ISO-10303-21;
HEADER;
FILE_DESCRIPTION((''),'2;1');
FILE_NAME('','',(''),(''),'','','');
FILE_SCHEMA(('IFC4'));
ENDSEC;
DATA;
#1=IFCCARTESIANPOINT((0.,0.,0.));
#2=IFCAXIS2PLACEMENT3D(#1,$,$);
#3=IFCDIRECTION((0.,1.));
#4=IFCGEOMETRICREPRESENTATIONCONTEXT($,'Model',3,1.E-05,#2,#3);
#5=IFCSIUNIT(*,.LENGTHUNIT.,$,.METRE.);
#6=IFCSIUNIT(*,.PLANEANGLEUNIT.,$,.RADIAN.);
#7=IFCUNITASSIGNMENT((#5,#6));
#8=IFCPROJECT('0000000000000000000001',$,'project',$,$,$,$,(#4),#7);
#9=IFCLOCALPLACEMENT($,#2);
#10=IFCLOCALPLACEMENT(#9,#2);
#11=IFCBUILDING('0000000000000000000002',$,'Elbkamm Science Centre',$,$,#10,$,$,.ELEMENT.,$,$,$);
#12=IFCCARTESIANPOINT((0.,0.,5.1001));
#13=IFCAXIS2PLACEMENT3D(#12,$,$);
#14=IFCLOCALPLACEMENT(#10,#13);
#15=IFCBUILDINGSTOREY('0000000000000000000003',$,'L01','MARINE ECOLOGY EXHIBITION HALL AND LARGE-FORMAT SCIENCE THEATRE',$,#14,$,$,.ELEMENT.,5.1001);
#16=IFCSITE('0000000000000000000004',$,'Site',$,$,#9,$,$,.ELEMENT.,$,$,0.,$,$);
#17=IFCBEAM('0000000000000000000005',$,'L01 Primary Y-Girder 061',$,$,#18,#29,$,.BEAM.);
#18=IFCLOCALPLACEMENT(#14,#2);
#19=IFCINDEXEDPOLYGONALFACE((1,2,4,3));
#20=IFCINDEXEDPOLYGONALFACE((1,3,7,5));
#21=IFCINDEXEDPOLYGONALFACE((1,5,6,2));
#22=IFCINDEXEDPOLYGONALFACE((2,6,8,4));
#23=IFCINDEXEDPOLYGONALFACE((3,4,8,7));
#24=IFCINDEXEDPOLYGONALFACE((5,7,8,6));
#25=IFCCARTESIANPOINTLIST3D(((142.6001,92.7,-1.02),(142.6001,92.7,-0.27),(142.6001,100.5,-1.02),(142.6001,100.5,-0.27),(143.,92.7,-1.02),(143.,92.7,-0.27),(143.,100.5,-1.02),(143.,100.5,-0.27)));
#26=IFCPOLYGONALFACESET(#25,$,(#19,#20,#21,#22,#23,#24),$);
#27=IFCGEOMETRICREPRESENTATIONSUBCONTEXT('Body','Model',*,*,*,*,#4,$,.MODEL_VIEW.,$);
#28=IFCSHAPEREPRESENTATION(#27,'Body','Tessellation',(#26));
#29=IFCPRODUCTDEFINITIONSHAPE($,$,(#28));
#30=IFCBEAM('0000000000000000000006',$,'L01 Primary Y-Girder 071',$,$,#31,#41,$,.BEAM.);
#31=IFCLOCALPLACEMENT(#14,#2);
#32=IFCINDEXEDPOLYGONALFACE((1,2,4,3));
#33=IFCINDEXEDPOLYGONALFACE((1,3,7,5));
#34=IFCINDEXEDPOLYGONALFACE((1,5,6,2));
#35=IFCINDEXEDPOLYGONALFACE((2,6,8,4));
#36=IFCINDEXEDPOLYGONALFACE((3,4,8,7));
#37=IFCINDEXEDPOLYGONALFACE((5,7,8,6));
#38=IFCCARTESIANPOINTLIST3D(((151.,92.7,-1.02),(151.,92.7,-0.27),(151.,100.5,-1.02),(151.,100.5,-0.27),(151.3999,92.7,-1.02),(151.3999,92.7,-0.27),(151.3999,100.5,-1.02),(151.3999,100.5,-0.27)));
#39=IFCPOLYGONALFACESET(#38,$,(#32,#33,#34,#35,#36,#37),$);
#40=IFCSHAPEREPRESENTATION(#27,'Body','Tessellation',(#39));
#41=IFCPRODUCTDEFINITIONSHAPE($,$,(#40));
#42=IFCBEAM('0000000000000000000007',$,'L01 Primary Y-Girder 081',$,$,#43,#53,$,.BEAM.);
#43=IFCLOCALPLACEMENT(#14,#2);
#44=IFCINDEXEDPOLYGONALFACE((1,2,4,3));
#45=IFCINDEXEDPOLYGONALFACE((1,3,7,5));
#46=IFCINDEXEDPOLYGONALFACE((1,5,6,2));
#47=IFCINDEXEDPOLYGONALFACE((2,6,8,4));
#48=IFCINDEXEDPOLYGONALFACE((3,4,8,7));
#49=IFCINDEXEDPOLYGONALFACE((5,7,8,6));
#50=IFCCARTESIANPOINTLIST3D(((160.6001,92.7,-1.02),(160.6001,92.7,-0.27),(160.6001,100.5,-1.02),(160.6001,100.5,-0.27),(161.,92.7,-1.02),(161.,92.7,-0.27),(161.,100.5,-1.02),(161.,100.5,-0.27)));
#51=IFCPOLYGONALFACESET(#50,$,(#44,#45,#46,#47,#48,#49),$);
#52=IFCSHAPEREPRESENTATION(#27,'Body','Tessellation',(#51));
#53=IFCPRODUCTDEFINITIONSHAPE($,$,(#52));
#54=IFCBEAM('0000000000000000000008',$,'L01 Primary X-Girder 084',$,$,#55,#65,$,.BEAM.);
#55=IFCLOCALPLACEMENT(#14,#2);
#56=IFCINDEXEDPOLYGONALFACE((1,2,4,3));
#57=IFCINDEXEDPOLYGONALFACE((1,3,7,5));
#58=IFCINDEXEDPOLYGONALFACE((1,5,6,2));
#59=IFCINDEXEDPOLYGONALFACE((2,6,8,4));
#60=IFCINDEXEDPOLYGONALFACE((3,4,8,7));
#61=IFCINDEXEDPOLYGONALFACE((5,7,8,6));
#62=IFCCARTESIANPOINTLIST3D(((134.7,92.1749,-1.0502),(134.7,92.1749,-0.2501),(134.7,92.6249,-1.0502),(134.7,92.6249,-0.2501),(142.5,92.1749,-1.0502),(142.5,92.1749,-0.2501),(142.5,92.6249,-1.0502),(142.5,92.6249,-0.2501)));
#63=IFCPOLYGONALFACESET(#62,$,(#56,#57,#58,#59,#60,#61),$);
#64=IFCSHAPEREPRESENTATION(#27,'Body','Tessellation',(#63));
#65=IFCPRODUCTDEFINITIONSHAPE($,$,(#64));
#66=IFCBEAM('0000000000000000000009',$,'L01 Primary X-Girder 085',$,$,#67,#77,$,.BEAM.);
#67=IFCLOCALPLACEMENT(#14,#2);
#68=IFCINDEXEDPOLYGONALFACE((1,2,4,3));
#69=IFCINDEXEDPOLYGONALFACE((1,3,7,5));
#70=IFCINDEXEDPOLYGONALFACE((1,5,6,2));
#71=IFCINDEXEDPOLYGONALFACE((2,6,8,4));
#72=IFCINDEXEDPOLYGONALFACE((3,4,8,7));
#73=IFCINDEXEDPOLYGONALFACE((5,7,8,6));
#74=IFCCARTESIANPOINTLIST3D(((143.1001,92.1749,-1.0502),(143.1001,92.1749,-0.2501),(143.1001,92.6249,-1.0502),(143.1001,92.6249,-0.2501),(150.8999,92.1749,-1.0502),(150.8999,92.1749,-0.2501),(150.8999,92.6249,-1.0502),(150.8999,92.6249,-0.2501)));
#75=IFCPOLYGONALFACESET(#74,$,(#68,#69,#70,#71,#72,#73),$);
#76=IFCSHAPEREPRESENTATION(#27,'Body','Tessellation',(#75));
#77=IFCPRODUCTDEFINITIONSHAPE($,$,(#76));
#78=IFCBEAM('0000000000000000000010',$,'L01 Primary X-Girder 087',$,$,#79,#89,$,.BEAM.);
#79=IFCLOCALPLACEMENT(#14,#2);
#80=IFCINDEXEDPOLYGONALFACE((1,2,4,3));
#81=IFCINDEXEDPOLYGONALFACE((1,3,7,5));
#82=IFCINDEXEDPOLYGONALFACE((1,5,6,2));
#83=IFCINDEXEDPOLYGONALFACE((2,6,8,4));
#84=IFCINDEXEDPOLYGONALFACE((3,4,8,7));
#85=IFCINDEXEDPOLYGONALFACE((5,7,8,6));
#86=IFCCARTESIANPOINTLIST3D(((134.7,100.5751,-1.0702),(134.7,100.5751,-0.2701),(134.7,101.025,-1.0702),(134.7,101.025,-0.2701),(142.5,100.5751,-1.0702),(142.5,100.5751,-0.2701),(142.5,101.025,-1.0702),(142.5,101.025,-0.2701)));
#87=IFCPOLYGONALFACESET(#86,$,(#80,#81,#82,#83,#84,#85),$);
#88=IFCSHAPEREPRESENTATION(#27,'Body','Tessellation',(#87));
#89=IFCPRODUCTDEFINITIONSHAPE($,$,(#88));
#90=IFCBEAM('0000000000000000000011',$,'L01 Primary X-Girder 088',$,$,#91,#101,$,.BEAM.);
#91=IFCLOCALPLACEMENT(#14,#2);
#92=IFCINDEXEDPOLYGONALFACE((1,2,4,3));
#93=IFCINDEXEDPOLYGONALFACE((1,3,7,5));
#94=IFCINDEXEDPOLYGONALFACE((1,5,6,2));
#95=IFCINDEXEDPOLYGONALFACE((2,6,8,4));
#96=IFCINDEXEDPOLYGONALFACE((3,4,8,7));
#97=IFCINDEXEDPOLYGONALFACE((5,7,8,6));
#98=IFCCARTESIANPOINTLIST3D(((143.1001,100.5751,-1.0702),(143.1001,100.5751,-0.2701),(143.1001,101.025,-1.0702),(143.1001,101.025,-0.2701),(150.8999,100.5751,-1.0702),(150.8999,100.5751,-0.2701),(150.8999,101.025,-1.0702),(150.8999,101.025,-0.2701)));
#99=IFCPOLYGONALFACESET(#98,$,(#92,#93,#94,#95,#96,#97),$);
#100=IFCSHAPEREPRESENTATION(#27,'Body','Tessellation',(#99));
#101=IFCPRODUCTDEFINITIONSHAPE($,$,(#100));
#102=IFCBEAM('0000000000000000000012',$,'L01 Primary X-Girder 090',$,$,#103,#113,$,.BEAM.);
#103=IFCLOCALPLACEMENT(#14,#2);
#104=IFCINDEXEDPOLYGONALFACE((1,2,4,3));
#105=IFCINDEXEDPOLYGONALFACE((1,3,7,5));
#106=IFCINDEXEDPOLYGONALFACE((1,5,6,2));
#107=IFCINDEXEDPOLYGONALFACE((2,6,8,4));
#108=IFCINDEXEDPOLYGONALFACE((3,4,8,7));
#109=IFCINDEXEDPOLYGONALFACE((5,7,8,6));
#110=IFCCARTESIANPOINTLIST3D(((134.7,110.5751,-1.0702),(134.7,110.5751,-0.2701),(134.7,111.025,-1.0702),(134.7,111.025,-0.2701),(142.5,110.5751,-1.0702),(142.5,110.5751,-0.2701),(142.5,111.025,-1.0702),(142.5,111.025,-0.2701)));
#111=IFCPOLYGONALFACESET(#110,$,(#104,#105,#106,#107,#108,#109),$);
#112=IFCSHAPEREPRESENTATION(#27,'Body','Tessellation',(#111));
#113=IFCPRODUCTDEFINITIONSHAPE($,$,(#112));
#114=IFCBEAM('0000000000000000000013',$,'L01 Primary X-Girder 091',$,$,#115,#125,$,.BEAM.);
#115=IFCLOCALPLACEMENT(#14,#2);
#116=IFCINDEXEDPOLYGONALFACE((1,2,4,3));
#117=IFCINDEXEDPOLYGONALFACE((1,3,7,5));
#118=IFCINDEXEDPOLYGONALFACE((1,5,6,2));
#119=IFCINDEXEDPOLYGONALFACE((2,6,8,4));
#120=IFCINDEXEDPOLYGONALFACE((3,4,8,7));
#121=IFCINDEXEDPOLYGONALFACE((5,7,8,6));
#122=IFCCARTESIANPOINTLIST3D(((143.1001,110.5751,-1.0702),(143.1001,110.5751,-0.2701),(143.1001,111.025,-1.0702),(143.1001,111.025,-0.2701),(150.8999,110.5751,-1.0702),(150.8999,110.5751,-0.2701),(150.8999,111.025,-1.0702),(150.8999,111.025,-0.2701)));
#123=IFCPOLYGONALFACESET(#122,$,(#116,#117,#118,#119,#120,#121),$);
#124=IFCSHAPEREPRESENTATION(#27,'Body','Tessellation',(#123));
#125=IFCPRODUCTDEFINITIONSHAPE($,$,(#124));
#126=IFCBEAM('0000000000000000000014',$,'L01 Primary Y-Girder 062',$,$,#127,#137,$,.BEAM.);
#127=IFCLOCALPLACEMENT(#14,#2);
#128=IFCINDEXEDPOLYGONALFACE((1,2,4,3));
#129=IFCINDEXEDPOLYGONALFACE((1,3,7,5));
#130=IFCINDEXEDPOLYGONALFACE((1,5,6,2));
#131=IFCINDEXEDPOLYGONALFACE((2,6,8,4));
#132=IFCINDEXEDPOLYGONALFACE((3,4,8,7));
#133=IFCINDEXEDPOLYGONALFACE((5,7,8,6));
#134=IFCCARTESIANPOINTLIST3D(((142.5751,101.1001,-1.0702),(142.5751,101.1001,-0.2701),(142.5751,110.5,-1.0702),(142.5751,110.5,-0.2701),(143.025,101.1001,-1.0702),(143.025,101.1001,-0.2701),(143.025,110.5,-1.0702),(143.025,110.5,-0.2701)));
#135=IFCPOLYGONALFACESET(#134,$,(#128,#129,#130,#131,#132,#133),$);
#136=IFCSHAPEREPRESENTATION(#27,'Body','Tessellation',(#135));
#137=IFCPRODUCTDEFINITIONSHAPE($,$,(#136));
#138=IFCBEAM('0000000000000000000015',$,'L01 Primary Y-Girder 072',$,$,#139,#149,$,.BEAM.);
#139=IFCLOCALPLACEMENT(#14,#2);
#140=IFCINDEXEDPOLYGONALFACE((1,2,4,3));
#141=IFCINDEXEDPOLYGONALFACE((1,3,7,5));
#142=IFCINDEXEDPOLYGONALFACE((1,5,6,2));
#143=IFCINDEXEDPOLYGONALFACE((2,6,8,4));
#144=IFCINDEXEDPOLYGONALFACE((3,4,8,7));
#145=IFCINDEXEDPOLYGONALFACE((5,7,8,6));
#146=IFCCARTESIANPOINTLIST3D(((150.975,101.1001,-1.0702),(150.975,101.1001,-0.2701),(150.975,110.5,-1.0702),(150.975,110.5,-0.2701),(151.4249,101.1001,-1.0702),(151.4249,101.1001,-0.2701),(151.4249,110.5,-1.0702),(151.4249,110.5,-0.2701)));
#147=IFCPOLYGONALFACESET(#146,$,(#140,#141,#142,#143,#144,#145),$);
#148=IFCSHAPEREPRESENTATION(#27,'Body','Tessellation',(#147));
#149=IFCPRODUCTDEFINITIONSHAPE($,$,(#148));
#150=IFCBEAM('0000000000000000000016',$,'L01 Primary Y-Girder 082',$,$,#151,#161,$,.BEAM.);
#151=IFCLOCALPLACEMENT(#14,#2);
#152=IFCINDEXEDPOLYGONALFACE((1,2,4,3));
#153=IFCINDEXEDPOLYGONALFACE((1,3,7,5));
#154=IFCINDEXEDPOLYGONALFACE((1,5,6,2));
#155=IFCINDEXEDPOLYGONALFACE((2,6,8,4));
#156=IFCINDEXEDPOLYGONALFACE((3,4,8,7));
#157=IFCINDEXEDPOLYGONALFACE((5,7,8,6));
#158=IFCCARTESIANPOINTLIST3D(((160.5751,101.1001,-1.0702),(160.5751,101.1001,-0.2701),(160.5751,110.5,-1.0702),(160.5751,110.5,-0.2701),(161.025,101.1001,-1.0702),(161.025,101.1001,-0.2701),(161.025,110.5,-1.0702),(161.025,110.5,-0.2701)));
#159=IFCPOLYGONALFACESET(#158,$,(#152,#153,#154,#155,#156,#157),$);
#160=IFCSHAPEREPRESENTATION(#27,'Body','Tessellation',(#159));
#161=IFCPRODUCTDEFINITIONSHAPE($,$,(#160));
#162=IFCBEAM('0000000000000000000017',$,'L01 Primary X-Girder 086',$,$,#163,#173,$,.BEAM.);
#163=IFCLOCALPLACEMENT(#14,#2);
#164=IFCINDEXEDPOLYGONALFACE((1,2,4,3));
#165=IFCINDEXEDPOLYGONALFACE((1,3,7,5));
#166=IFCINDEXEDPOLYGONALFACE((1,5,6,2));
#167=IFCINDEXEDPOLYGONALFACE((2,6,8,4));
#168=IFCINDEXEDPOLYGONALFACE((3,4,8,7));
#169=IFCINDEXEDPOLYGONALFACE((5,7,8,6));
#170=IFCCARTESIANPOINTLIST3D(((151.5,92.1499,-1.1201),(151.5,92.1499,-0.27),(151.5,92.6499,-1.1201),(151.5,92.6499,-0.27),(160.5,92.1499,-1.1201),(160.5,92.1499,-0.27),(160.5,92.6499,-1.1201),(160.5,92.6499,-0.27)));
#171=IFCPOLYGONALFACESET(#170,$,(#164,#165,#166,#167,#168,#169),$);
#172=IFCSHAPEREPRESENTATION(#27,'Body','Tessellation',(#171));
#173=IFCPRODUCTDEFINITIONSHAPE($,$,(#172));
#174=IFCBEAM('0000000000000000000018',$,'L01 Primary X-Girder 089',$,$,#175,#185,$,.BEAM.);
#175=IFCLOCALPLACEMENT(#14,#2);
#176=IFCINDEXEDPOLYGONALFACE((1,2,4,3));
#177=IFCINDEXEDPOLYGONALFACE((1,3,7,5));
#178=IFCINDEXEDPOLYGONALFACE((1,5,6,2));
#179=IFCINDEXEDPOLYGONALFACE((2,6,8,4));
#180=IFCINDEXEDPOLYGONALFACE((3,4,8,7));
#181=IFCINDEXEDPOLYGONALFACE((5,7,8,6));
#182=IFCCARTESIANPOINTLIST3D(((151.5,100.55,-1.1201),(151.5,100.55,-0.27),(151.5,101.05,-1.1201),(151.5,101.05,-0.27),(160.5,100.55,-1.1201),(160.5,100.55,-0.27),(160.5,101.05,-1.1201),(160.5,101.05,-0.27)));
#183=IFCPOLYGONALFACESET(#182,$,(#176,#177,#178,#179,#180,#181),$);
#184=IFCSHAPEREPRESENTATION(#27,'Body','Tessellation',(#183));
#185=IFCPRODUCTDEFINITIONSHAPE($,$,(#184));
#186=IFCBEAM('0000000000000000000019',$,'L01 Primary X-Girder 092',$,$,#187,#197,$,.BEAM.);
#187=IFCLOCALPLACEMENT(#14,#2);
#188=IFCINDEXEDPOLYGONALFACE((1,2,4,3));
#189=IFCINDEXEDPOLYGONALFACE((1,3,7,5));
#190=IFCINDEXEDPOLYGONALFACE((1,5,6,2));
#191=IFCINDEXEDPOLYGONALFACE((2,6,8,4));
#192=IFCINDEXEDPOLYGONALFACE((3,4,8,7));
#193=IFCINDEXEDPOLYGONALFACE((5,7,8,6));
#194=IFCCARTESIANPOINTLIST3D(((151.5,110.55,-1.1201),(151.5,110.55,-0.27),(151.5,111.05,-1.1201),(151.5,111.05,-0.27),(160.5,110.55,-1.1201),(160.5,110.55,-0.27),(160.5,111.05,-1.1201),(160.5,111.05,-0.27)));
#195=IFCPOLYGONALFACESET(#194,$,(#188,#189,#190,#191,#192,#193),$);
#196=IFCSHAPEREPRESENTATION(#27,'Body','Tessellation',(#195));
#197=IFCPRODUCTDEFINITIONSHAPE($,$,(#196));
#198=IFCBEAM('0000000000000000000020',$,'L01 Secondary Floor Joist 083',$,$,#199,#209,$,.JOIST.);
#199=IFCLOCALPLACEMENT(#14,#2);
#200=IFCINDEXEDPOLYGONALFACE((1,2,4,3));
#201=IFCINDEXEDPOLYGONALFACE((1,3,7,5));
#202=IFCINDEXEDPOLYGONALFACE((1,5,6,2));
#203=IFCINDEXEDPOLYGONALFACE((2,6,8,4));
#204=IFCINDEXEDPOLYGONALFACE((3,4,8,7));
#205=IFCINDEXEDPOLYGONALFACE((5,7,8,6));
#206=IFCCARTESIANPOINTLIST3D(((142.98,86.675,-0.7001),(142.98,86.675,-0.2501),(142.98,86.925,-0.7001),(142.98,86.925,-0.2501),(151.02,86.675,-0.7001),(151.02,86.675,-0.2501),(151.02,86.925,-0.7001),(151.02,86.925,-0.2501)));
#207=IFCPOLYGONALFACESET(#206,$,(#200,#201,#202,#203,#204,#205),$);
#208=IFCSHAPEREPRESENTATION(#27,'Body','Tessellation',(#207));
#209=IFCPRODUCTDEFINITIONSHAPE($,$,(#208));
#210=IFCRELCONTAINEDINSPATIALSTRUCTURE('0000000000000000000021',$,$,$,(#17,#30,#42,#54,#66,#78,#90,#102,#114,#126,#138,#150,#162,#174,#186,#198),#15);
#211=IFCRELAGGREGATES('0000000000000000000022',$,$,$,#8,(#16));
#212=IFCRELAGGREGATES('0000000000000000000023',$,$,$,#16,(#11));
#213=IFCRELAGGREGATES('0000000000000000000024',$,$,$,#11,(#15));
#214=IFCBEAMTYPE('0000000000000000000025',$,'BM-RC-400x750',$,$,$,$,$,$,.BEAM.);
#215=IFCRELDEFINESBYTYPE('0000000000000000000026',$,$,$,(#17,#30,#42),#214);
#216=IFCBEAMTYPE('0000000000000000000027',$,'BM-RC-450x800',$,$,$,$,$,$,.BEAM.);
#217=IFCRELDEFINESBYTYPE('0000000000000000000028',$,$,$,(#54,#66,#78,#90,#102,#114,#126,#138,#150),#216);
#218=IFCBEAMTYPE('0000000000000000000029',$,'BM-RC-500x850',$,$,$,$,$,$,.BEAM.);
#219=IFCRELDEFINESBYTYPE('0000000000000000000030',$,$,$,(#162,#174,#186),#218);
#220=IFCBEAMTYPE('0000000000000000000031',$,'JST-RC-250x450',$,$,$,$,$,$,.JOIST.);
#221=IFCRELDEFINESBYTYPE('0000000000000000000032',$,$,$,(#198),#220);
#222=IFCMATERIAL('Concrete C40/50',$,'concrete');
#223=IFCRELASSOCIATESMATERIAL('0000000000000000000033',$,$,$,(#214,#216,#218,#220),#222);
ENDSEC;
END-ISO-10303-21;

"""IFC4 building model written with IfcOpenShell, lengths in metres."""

from ifc_helpers import new_model, si_unit, direction, frame, origin, origin_2d, place, context, subcontext, project, spatial, rectangle, extrude, material, material_profile, profile_set, type_object, element, save


model = new_model("IFC4")

# Units and contexts
model_context = context("Model", 3, precision=1e-05, world=origin(), true_north=direction((0.0, 1.0)))
body_context = subcontext(model_context, "Body", "Model", "MODEL_VIEW")
ifc_project = project(units=[si_unit("LENGTHUNIT", "METRE"), si_unit("PLANEANGLEUNIT", "RADIAN")], contexts=[model_context])

# Site, building, storey
site_placement = place(None, origin())
site = spatial("IfcSite", under=ifc_project, at=site_placement, Name="Site", CompositionType="ELEMENT", RefElevation=0.0)
building_placement = place(site_placement, origin())
building = spatial("IfcBuilding", under=site, at=building_placement, Name="Elbkamm Science Centre", CompositionType="ELEMENT")
storey_placement = place(building_placement, frame((0.0, 0.0, 5.1001)))
storey = spatial("IfcBuildingStorey", under=building, at=storey_placement, Name="L01", Description="MARINE ECOLOGY EXHIBITION HALL AND LARGE-FORMAT SCIENCE THEATRE", CompositionType="ELEMENT", Elevation=5.1001)

# Beams
ifc_material_1 = material(Name="Concrete C40/50", Category="concrete")
ifc_material_profile_1 = material_profile(ifc_material_1, rectangle(XDim=0.3999, YDim=0.75, at=origin_2d()), Name="RC 400x750")
ifc_profile_set_1 = profile_set([ifc_material_profile_1], Name="Concrete C40/50")
beam_type_1 = type_object("IfcBeamType", Name="BM-RC-400x750", PredefinedType="BEAM", material=ifc_profile_set_1)
for number, where, z_axis, x_axis, name in (
    (1, (142.8, 92.7, -0.645), (0.0, 1.0, 0.0), (-1.0, 0.0, 0.0), "L01 Primary Y-Girder 061"),
    (2, (151.2, 92.7, -0.645), (0.0, 1.0, 0.0), (-1.0, 0.0, 0.0), "L01 Primary Y-Girder 071"),
    (3, (160.8, 92.7, -0.645), (0.0, 1.0, 0.0), (-1.0, 0.0, 0.0), "L01 Primary Y-Girder 081"),
):
    element("IfcBeam", number, at=place(storey_placement, frame(where, z_axis=z_axis, x_axis=x_axis)), inside=storey, type_object=beam_type_1, Name=name, PredefinedType="BEAM", context=body_context, shape_type="SweptSolid", body=[
        extrude(rectangle(XDim=0.3999, YDim=0.75, at=origin_2d()), origin(), (0.0, 0.0, 1.0), 7.8),
    ])
ifc_material_profile_2 = material_profile(ifc_material_1, rectangle(XDim=0.45, YDim=0.8, at=origin_2d()), Name="RC 450x800")
ifc_profile_set_2 = profile_set([ifc_material_profile_2], Name="Concrete C40/50")
beam_type_2 = type_object("IfcBeamType", Name="BM-RC-450x800", PredefinedType="BEAM", material=ifc_profile_set_2)
beam_1_placement = place(storey_placement, frame((134.7, 92.3999, -0.6501), z_axis=(1.0, 0.0, 0.0), x_axis=(0.0, 1.0, 0.0)))
element("IfcBeam", 4, at=beam_1_placement, inside=storey, type_object=beam_type_2, Name="L01 Primary X-Girder 084", PredefinedType="BEAM", context=body_context, shape_type="SweptSolid", body=[
    extrude(rectangle(XDim=0.45, YDim=0.8, at=origin_2d()), origin(), (0.0, 0.0, 1.0), 7.8),
])
beam_2_placement = place(storey_placement, frame((143.1001, 92.3999, -0.6501), z_axis=(1.0, 0.0, 0.0), x_axis=(0.0, 1.0, 0.0)))
element("IfcBeam", 5, at=beam_2_placement, inside=storey, type_object=beam_type_2, Name="L01 Primary X-Girder 085", PredefinedType="BEAM", context=body_context, shape_type="SweptSolid", body=[
    extrude(rectangle(XDim=0.45, YDim=0.8, at=origin_2d()), origin(), (0.0, 0.0, 1.0), 7.7998),
])
beam_3_placement = place(storey_placement, frame((134.7, 100.8, -0.6702), z_axis=(1.0, 0.0, 0.0), x_axis=(0.0, 1.0, 0.0)))
element("IfcBeam", 6, at=beam_3_placement, inside=storey, type_object=beam_type_2, Name="L01 Primary X-Girder 087", PredefinedType="BEAM", context=body_context, shape_type="SweptSolid", body=[
    extrude(rectangle(XDim=0.45, YDim=0.8, at=origin_2d()), origin(), (0.0, 0.0, 1.0), 7.8),
])
beam_4_placement = place(storey_placement, frame((143.1001, 100.8, -0.6702), z_axis=(1.0, 0.0, 0.0), x_axis=(0.0, 1.0, 0.0)))
element("IfcBeam", 7, at=beam_4_placement, inside=storey, type_object=beam_type_2, Name="L01 Primary X-Girder 088", PredefinedType="BEAM", context=body_context, shape_type="SweptSolid", body=[
    extrude(rectangle(XDim=0.45, YDim=0.8, at=origin_2d()), origin(), (0.0, 0.0, 1.0), 7.7998),
])
beam_5_placement = place(storey_placement, frame((134.7, 110.8, -0.6702), z_axis=(1.0, 0.0, 0.0), x_axis=(0.0, 1.0, 0.0)))
element("IfcBeam", 8, at=beam_5_placement, inside=storey, type_object=beam_type_2, Name="L01 Primary X-Girder 090", PredefinedType="BEAM", context=body_context, shape_type="SweptSolid", body=[
    extrude(rectangle(XDim=0.45, YDim=0.8, at=origin_2d()), origin(), (0.0, 0.0, 1.0), 7.8),
])
beam_6_placement = place(storey_placement, frame((143.1001, 110.8, -0.6702), z_axis=(1.0, 0.0, 0.0), x_axis=(0.0, 1.0, 0.0)))
element("IfcBeam", 9, at=beam_6_placement, inside=storey, type_object=beam_type_2, Name="L01 Primary X-Girder 091", PredefinedType="BEAM", context=body_context, shape_type="SweptSolid", body=[
    extrude(rectangle(XDim=0.45, YDim=0.8, at=origin_2d()), origin(), (0.0, 0.0, 1.0), 7.7998),
])
for number, where, z_axis, x_axis, name in (
    (10, (142.8, 101.1001, -0.6702), (0.0, 1.0, 0.0), (-1.0, 0.0, 0.0), "L01 Primary Y-Girder 062"),
    (11, (151.2, 101.1001, -0.6702), (0.0, 1.0, 0.0), (-1.0, 0.0, 0.0), "L01 Primary Y-Girder 072"),
    (12, (160.8, 101.1001, -0.6702), (0.0, 1.0, 0.0), (-1.0, 0.0, 0.0), "L01 Primary Y-Girder 082"),
):
    element("IfcBeam", number, at=place(storey_placement, frame(where, z_axis=z_axis, x_axis=x_axis)), inside=storey, type_object=beam_type_2, Name=name, PredefinedType="BEAM", context=body_context, shape_type="SweptSolid", body=[
        extrude(rectangle(XDim=0.45, YDim=0.8, at=origin_2d()), origin(), (0.0, 0.0, 1.0), 9.3999),
    ])
ifc_material_profile_3 = material_profile(ifc_material_1, rectangle(XDim=0.5, YDim=0.8501, at=origin_2d()), Name="RC 500x850")
ifc_profile_set_3 = profile_set([ifc_material_profile_3], Name="Concrete C40/50")
beam_type_3 = type_object("IfcBeamType", Name="BM-RC-500x850", PredefinedType="BEAM", material=ifc_profile_set_3)
for number, where, z_axis, x_axis, name in (
    (13, (151.5, 92.3999, -0.6951), (1.0, 0.0, 0.0), (0.0, 1.0, 0.0), "L01 Primary X-Girder 086"),
    (14, (151.5, 100.8, -0.6951), (1.0, 0.0, 0.0), (0.0, 1.0, 0.0), "L01 Primary X-Girder 089"),
    (15, (151.5, 110.8, -0.6951), (1.0, 0.0, 0.0), (0.0, 1.0, 0.0), "L01 Primary X-Girder 092"),
):
    element("IfcBeam", number, at=place(storey_placement, frame(where, z_axis=z_axis, x_axis=x_axis)), inside=storey, type_object=beam_type_3, Name=name, PredefinedType="BEAM", context=body_context, shape_type="SweptSolid", body=[
        extrude(rectangle(XDim=0.5, YDim=0.8501, at=origin_2d()), origin(), (0.0, 0.0, 1.0), 9.0),
    ])
ifc_material_profile_4 = material_profile(ifc_material_1, rectangle(XDim=0.25, YDim=0.45, at=origin_2d()), Name="RC 250x450")
ifc_profile_set_4 = profile_set([ifc_material_profile_4], Name="Concrete C40/50")
beam_type_4 = type_object("IfcBeamType", Name="JST-RC-250x450", PredefinedType="JOIST", material=ifc_profile_set_4)
for number, where, z_axis, x_axis, name in (
    (16, (142.98, 86.8, -0.4751), (1.0, 0.0, 0.0), (0.0, 1.0, 0.0), "L01 Secondary Floor Joist 083"),
):
    element("IfcBeam", number, at=place(storey_placement, frame(where, z_axis=z_axis, x_axis=x_axis)), inside=storey, type_object=beam_type_4, Name=name, PredefinedType="JOIST", context=body_context, shape_type="SweptSolid", body=[
        extrude(rectangle(XDim=0.25, YDim=0.45, at=origin_2d()), origin(), (0.0, 0.0, 1.0), 8.04),
    ])

save(model, "model.ifc")
